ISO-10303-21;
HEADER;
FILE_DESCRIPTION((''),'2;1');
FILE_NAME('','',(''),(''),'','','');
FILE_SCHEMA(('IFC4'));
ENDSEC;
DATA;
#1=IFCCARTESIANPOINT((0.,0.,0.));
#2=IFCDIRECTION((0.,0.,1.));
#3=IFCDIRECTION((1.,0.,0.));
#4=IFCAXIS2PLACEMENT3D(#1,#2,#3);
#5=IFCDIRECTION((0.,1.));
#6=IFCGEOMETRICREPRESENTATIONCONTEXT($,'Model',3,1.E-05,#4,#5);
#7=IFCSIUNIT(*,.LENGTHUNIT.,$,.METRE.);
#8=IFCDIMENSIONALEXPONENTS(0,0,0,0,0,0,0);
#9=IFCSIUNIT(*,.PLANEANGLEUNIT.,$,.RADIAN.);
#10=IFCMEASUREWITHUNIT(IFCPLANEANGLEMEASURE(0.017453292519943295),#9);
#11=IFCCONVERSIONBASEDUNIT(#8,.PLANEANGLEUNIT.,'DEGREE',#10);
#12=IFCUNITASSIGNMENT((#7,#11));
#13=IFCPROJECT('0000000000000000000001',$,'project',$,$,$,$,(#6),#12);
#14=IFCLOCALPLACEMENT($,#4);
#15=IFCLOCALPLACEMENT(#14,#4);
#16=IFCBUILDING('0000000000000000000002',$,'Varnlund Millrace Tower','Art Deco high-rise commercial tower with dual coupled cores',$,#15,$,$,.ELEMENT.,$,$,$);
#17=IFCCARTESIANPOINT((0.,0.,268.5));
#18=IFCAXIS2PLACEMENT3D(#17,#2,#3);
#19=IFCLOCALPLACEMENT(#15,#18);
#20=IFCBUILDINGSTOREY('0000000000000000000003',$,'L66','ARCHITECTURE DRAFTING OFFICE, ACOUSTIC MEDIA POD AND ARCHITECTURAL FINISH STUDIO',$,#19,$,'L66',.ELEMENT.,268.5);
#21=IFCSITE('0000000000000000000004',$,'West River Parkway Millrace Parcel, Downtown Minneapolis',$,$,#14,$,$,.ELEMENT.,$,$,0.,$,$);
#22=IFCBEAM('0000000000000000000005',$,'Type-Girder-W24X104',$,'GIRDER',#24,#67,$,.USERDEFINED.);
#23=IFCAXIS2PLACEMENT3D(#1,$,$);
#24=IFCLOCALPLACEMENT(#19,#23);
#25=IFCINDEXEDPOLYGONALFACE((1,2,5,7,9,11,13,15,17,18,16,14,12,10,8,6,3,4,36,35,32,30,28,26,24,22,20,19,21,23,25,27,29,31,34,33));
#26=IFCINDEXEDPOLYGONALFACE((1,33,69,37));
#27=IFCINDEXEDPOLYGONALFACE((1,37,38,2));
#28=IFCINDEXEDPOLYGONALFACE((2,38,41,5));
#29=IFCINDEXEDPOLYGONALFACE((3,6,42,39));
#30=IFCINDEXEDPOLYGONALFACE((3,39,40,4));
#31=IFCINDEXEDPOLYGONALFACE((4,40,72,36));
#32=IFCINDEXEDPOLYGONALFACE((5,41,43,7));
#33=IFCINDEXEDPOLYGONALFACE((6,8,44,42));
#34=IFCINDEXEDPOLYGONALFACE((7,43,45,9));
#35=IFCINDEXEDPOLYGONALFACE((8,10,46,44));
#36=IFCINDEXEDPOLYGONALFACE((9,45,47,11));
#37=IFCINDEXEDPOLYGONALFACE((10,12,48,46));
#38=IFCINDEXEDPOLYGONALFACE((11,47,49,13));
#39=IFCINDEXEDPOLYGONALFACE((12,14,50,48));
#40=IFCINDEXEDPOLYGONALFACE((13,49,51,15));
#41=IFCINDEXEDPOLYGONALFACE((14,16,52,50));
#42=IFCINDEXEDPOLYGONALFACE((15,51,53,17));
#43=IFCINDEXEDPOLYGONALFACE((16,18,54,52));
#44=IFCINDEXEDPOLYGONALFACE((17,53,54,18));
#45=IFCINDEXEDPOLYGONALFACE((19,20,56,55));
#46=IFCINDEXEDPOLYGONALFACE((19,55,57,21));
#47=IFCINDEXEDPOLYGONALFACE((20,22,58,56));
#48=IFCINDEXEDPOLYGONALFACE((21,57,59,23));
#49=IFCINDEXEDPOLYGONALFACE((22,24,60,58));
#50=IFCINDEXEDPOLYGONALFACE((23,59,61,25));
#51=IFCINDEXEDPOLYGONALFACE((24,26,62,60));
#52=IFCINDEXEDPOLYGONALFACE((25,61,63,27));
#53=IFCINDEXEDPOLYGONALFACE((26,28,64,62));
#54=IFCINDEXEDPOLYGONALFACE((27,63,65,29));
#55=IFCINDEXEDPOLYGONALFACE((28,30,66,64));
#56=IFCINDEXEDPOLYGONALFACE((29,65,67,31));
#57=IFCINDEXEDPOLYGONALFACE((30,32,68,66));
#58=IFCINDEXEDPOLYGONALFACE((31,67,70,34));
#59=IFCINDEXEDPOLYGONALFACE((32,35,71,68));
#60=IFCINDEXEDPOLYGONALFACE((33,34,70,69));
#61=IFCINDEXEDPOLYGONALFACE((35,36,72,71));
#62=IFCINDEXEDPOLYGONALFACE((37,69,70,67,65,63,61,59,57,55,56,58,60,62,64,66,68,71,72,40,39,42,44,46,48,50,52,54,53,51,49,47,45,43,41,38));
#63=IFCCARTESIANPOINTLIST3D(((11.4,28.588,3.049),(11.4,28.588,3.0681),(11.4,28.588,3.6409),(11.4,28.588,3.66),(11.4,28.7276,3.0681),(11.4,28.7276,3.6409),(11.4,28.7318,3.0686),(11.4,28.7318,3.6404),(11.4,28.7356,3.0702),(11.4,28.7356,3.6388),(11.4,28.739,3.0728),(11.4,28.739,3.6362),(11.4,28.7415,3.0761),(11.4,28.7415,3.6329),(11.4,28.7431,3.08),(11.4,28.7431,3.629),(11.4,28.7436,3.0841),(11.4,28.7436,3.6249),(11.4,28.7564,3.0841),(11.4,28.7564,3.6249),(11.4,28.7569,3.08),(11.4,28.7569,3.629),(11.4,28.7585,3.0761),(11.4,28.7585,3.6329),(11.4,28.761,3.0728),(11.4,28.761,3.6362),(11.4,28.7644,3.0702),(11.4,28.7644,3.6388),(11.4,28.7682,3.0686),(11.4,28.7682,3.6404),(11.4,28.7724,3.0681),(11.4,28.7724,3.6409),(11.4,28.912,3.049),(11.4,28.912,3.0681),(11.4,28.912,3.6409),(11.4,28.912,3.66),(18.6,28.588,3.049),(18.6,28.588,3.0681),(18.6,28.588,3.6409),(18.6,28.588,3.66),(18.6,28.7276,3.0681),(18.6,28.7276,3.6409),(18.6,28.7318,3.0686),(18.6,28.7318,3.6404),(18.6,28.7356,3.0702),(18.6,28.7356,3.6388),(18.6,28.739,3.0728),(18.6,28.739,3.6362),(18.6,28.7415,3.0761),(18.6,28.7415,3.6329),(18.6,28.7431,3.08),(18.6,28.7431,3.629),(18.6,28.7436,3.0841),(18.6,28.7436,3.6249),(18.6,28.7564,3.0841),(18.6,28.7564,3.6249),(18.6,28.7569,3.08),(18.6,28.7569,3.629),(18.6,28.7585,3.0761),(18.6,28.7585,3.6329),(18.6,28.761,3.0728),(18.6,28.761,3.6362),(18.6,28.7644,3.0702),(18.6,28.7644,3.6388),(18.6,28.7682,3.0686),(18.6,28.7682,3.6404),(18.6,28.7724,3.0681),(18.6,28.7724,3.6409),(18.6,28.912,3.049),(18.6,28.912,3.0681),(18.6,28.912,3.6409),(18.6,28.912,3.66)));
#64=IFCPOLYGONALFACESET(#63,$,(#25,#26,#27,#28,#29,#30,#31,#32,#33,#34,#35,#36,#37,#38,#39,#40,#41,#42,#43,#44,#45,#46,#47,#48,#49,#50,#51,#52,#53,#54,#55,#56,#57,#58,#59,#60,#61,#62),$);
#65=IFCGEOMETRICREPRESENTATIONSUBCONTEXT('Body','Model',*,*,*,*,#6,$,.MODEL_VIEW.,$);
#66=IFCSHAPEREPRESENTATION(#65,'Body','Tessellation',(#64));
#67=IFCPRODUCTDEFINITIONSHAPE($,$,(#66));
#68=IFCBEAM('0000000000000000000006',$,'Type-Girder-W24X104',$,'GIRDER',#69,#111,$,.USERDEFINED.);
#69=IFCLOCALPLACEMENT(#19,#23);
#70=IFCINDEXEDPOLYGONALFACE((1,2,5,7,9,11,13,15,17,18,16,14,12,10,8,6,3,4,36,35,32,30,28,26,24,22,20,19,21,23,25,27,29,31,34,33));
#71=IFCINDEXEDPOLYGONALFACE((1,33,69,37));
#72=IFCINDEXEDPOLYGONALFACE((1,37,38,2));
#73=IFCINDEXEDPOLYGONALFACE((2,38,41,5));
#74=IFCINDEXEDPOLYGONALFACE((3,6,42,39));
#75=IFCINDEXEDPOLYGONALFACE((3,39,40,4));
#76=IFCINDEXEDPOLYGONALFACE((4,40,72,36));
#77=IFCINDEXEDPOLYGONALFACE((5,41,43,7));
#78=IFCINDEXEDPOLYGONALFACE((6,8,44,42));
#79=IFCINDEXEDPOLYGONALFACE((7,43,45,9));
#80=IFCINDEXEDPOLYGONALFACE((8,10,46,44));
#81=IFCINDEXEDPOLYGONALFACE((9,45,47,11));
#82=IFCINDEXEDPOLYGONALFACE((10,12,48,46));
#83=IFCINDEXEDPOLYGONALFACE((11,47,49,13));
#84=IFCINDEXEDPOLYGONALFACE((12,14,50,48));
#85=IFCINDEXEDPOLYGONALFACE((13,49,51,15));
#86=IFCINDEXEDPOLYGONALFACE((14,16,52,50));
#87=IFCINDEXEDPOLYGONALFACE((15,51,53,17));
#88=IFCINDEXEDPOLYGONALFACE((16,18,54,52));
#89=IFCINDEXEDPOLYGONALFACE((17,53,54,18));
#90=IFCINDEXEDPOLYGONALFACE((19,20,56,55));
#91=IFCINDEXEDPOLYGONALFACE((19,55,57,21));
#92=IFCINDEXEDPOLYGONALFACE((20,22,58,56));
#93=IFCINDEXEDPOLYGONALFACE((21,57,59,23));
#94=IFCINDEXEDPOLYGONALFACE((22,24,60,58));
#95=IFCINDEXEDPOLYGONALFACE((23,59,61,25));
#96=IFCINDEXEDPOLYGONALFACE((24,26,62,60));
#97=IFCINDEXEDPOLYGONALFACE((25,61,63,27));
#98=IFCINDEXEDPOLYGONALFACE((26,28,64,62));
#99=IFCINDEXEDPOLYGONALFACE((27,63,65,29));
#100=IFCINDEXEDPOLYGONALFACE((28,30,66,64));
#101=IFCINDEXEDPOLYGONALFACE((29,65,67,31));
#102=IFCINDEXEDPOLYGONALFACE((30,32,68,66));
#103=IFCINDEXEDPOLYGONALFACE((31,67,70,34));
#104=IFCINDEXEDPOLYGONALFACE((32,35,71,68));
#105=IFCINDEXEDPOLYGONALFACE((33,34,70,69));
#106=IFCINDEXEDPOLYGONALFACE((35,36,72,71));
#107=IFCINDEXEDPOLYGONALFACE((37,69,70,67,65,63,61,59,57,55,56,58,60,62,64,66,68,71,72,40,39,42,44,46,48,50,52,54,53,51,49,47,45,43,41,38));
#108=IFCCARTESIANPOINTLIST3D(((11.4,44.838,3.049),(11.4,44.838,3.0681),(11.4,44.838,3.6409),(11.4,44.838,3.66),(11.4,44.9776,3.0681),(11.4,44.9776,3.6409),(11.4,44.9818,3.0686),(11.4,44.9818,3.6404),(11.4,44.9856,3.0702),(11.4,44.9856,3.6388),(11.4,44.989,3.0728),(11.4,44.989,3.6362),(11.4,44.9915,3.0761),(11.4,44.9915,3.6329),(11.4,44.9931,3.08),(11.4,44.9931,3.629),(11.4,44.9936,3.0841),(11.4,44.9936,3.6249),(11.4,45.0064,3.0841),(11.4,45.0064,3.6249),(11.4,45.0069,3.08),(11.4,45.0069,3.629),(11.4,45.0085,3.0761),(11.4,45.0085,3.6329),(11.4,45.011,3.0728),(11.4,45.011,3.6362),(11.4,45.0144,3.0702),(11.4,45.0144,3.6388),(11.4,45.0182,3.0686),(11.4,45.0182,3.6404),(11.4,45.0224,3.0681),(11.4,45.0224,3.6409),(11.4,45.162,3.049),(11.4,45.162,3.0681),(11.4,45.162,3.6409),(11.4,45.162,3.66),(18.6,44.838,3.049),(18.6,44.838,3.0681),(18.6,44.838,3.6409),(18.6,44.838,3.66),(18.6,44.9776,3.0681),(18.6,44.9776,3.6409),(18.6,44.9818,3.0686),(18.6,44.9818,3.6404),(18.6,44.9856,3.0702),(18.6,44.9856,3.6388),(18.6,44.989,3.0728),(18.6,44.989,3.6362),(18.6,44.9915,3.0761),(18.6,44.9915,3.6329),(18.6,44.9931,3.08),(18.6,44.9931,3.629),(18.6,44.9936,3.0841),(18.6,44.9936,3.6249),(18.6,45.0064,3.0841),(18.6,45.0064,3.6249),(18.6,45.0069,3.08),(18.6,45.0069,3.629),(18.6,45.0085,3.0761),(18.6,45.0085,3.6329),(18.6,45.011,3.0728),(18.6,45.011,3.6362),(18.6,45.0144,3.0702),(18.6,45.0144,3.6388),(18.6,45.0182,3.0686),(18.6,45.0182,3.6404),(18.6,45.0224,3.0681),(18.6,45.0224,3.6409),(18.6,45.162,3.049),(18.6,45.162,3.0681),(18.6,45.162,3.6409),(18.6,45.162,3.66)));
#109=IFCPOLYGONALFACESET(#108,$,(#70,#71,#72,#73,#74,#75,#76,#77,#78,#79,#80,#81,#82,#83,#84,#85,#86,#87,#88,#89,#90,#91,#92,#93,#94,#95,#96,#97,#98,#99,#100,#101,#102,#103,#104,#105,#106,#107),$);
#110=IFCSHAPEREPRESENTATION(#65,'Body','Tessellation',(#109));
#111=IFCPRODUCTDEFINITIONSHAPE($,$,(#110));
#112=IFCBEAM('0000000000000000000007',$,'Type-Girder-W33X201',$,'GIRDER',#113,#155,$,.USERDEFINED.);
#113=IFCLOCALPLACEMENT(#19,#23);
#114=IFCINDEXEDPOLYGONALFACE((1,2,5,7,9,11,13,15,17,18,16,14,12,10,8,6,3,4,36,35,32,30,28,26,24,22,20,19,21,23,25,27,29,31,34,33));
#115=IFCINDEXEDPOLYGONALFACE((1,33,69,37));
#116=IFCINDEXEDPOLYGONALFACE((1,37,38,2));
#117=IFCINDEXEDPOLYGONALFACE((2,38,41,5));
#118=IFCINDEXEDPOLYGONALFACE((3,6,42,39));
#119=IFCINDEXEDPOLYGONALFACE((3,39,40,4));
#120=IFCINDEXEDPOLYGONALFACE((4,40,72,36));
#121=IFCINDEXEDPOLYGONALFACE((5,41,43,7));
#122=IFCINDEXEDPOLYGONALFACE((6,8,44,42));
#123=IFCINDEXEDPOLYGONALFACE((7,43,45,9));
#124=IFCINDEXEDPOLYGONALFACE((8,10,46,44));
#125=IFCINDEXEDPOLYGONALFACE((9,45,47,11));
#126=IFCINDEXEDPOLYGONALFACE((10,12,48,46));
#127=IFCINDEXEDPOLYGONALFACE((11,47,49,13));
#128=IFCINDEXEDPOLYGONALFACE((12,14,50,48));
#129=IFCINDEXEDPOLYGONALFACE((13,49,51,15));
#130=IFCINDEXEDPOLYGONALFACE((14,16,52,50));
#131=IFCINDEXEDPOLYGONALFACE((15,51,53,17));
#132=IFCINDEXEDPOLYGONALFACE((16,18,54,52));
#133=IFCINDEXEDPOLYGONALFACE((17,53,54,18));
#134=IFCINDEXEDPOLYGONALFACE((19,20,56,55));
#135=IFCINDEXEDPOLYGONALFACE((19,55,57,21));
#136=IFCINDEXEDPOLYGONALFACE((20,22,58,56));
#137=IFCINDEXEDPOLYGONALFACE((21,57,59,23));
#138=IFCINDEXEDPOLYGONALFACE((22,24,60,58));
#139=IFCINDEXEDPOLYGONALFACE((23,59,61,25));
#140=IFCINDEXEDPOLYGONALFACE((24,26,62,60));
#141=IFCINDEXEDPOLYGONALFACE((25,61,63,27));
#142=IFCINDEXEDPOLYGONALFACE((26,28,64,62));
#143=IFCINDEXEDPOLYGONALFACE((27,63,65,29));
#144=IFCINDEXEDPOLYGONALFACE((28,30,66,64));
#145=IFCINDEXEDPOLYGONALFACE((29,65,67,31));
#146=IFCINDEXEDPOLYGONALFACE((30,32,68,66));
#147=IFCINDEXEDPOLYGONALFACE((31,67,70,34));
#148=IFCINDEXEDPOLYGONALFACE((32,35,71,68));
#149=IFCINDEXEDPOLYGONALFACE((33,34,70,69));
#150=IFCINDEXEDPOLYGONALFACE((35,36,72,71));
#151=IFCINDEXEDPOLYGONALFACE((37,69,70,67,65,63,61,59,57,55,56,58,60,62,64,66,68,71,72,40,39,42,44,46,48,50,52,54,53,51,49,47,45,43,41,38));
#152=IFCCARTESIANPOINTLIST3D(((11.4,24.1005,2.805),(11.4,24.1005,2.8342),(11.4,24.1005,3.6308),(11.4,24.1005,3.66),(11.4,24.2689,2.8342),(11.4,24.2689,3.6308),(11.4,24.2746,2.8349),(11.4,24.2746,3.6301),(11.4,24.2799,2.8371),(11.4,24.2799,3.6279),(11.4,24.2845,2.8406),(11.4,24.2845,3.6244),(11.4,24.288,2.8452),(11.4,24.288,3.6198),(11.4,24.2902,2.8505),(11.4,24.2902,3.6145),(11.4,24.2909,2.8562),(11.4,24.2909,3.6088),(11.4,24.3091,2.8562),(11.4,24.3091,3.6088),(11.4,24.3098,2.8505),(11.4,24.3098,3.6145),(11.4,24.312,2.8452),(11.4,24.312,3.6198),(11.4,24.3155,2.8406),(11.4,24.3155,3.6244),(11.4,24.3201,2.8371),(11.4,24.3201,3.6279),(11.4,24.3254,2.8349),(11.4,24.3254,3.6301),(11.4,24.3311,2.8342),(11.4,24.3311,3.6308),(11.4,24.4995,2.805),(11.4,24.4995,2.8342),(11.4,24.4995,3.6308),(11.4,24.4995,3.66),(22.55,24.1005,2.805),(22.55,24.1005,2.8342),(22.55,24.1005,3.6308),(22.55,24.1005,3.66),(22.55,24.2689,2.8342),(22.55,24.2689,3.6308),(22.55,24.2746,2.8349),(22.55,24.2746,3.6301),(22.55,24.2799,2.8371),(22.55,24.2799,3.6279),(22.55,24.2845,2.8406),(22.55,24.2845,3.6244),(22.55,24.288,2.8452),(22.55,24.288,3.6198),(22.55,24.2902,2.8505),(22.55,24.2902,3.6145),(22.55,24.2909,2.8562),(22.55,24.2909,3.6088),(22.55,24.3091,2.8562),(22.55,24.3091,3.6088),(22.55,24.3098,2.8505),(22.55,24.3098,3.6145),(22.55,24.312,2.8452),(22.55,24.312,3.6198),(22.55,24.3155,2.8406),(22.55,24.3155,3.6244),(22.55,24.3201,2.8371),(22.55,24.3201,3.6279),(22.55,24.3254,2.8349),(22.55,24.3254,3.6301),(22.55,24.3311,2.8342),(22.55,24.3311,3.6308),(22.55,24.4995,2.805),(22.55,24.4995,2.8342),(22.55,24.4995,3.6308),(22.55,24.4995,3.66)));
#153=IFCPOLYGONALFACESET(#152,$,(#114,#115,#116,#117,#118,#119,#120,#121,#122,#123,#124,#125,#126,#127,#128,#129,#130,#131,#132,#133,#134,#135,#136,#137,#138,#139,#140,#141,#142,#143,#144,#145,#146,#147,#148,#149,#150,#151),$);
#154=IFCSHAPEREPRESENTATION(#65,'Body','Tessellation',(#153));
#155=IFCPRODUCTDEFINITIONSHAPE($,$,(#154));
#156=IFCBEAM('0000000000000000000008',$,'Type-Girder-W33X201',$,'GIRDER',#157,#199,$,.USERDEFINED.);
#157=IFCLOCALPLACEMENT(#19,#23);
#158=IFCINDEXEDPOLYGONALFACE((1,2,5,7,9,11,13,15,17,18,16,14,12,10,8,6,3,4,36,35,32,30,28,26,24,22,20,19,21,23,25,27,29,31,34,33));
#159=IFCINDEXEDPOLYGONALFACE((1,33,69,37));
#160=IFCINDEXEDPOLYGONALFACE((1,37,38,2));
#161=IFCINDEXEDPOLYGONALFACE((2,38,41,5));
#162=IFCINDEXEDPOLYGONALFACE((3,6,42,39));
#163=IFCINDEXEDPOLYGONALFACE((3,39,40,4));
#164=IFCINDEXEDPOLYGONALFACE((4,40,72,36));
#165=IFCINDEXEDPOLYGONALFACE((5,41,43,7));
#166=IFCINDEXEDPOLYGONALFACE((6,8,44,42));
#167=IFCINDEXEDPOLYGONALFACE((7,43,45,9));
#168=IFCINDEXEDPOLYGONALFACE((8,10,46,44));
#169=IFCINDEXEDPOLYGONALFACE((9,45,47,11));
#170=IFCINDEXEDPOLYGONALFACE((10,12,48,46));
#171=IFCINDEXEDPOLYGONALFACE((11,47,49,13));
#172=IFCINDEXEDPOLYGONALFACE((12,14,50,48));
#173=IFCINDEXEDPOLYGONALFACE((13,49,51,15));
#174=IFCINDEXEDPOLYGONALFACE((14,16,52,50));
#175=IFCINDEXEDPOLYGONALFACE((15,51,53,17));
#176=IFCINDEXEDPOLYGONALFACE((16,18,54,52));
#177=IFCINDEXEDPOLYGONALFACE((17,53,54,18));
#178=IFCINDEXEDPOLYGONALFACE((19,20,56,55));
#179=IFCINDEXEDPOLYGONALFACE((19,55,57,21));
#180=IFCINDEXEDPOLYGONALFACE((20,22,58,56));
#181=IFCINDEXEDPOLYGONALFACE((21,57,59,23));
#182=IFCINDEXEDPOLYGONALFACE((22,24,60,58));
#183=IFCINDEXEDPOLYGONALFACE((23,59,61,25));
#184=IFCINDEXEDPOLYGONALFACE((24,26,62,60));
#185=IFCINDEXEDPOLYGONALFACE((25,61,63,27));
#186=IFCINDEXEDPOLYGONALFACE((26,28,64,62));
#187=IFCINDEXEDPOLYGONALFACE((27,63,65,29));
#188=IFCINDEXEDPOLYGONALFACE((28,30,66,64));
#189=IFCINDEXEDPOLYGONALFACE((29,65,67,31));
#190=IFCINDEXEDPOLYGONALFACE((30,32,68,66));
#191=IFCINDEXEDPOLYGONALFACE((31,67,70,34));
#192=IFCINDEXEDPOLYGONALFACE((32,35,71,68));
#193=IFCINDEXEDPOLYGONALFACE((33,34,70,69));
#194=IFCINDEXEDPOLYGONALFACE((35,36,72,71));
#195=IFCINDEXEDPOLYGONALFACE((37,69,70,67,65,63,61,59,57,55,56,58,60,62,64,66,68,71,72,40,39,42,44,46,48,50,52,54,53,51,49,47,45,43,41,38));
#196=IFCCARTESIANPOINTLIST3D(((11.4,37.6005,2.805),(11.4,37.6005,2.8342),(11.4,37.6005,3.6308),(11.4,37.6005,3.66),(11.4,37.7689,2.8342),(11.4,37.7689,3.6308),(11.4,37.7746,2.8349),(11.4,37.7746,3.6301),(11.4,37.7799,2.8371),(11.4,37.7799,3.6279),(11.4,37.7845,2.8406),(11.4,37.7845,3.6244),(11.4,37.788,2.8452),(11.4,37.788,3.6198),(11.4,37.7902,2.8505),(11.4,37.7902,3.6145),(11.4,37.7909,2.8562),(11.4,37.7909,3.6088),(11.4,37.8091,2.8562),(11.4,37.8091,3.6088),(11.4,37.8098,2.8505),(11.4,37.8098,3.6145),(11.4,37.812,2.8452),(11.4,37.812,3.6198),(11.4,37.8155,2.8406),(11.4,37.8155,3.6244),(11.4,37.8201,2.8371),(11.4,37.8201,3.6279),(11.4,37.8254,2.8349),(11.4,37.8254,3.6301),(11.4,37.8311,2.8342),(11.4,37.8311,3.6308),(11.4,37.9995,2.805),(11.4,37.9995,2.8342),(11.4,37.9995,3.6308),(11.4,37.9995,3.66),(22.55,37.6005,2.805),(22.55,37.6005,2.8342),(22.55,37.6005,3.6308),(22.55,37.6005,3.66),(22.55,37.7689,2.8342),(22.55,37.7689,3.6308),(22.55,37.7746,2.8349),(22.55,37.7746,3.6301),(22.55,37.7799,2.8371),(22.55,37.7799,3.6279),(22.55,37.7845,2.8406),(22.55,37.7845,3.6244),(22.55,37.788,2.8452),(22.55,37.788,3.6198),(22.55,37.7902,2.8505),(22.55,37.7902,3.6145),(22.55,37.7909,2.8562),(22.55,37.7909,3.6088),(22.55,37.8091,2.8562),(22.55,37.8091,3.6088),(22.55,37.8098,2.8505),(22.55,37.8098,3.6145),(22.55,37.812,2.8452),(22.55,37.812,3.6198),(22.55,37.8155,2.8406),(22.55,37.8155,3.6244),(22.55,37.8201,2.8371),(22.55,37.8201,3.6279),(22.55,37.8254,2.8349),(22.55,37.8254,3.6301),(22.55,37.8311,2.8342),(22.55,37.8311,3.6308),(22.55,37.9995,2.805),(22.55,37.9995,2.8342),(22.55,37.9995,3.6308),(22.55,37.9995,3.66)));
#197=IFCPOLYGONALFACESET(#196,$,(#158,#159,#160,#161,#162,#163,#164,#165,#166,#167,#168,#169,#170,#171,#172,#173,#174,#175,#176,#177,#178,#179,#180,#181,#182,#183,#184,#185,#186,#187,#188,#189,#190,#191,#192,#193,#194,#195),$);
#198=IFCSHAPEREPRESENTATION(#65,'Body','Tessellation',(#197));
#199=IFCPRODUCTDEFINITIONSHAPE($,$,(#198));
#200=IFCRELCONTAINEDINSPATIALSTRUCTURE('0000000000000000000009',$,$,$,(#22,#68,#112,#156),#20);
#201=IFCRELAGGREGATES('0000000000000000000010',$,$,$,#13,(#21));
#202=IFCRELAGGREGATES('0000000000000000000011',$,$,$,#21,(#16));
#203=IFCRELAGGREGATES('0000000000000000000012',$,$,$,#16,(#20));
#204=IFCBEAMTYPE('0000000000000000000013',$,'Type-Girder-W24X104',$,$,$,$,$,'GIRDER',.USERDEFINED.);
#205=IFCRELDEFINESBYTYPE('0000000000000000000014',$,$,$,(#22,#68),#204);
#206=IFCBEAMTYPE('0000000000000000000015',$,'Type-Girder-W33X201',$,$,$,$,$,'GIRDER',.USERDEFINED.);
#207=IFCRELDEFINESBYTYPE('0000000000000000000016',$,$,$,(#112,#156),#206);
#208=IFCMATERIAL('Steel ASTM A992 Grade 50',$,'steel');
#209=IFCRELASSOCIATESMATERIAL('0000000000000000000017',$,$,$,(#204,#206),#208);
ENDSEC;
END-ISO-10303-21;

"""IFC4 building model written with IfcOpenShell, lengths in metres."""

from ifc_helpers import new_model, entity, si_unit, converted_unit, direction, frame, origin_with_axes, origin_2d_with_axis, place, context, subcontext, project, spatial, i_section, extrude, material, material_profile, profile_set, type_object, element, save


model = new_model("IFC4")

# Units and contexts
model_context = context("Model", 3, precision=1e-05, world=origin_with_axes(), true_north=direction((0.0, 1.0)))
body_context = subcontext(model_context, "Body", "Model", "MODEL_VIEW")
ifc_project = project(units=[si_unit("LENGTHUNIT", "METRE"), converted_unit("PLANEANGLEUNIT", "DEGREE", entity("IfcPlaneAngleMeasure", 0.017453292519943295), si_unit("PLANEANGLEUNIT", "RADIAN"), dimensions=[0, 0, 0, 0, 0, 0, 0])], contexts=[model_context])

# Site, building, storey
site_placement = place(None, origin_with_axes())
site = spatial("IfcSite", under=ifc_project, at=site_placement, Name="West River Parkway Millrace Parcel, Downtown Minneapolis", CompositionType="ELEMENT", RefElevation=0.0)
building_placement = place(site_placement, origin_with_axes())
building = spatial("IfcBuilding", under=site, at=building_placement, Name="Varnlund Millrace Tower", Description="Art Deco high-rise commercial tower with dual coupled cores", CompositionType="ELEMENT")
storey_placement = place(building_placement, frame((0.0, 0.0, 268.5), z_axis=(0.0, 0.0, 1.0), x_axis=(1.0, 0.0, 0.0)))
storey = spatial("IfcBuildingStorey", under=building, at=storey_placement, Name="L66", Description="ARCHITECTURE DRAFTING OFFICE, ACOUSTIC MEDIA POD AND ARCHITECTURAL FINISH STUDIO", LongName="L66", CompositionType="ELEMENT", Elevation=268.5)

# Beams
ifc_material_1 = material(Name="Steel ASTM A992 Grade 50", Category="steel")
ifc_material_profile_1 = material_profile(ifc_material_1, i_section(OverallWidth=0.324, OverallDepth=0.611, WebThickness=0.0127, FlangeThickness=0.0191, FilletRadius=0.016, at=origin_2d_with_axis()), Name="Steel ASTM A992 Grade 50")
ifc_profile_set_1 = profile_set([ifc_material_profile_1], Name="Steel ASTM A992 Grade 50")
beam_type_1 = type_object("IfcBeamType", Name="Type-Girder-W24X104", ElementType="GIRDER", PredefinedType="USERDEFINED", material=ifc_profile_set_1)
for number, where, z_axis, x_axis, name in (
    (1, (11.4, 28.75, 3.3545), (1.0, 0.0, 0.0), (0.0, 1.0, 0.0), "Type-Girder-W24X104"),
    (2, (11.4, 45.0, 3.3545), (1.0, 0.0, 0.0), (0.0, 1.0, 0.0), "Type-Girder-W24X104"),
):
    element("IfcBeam", number, at=place(storey_placement, frame(where, z_axis=z_axis, x_axis=x_axis)), inside=storey, type_object=beam_type_1, Name=name, ObjectType="GIRDER", PredefinedType="USERDEFINED", context=body_context, shape_type="SweptSolid", body=[
        extrude(i_section(OverallWidth=0.324, OverallDepth=0.611, WebThickness=0.0127, FlangeThickness=0.0191, FilletRadius=0.016, at=origin_2d_with_axis()), origin_with_axes(), (0.0, 0.0, 1.0), 7.2),
    ])
ifc_material_profile_2 = material_profile(ifc_material_1, i_section(OverallWidth=0.399, OverallDepth=0.855, WebThickness=0.0182, FlangeThickness=0.0292, FilletRadius=0.022, at=origin_2d_with_axis()), Name="Steel ASTM A992 Grade 50")
ifc_profile_set_2 = profile_set([ifc_material_profile_2], Name="Steel ASTM A992 Grade 50")
beam_type_2 = type_object("IfcBeamType", Name="Type-Girder-W33X201", ElementType="GIRDER", PredefinedType="USERDEFINED", material=ifc_profile_set_2)
for number, where, z_axis, x_axis, name in (
    (3, (11.4, 24.3, 3.2325), (1.0, 0.0, 0.0), (0.0, 1.0, 0.0), "Type-Girder-W33X201"),
    (4, (11.4, 37.8, 3.2325), (1.0, 0.0, 0.0), (0.0, 1.0, 0.0), "Type-Girder-W33X201"),
):
    element("IfcBeam", number, at=place(storey_placement, frame(where, z_axis=z_axis, x_axis=x_axis)), inside=storey, type_object=beam_type_2, Name=name, ObjectType="GIRDER", PredefinedType="USERDEFINED", context=body_context, shape_type="SweptSolid", body=[
        extrude(i_section(OverallWidth=0.399, OverallDepth=0.855, WebThickness=0.0182, FlangeThickness=0.0292, FilletRadius=0.022, at=origin_2d_with_axis()), origin_with_axes(), (0.0, 0.0, 1.0), 11.15),
    ])

save(model, "model.ifc")
